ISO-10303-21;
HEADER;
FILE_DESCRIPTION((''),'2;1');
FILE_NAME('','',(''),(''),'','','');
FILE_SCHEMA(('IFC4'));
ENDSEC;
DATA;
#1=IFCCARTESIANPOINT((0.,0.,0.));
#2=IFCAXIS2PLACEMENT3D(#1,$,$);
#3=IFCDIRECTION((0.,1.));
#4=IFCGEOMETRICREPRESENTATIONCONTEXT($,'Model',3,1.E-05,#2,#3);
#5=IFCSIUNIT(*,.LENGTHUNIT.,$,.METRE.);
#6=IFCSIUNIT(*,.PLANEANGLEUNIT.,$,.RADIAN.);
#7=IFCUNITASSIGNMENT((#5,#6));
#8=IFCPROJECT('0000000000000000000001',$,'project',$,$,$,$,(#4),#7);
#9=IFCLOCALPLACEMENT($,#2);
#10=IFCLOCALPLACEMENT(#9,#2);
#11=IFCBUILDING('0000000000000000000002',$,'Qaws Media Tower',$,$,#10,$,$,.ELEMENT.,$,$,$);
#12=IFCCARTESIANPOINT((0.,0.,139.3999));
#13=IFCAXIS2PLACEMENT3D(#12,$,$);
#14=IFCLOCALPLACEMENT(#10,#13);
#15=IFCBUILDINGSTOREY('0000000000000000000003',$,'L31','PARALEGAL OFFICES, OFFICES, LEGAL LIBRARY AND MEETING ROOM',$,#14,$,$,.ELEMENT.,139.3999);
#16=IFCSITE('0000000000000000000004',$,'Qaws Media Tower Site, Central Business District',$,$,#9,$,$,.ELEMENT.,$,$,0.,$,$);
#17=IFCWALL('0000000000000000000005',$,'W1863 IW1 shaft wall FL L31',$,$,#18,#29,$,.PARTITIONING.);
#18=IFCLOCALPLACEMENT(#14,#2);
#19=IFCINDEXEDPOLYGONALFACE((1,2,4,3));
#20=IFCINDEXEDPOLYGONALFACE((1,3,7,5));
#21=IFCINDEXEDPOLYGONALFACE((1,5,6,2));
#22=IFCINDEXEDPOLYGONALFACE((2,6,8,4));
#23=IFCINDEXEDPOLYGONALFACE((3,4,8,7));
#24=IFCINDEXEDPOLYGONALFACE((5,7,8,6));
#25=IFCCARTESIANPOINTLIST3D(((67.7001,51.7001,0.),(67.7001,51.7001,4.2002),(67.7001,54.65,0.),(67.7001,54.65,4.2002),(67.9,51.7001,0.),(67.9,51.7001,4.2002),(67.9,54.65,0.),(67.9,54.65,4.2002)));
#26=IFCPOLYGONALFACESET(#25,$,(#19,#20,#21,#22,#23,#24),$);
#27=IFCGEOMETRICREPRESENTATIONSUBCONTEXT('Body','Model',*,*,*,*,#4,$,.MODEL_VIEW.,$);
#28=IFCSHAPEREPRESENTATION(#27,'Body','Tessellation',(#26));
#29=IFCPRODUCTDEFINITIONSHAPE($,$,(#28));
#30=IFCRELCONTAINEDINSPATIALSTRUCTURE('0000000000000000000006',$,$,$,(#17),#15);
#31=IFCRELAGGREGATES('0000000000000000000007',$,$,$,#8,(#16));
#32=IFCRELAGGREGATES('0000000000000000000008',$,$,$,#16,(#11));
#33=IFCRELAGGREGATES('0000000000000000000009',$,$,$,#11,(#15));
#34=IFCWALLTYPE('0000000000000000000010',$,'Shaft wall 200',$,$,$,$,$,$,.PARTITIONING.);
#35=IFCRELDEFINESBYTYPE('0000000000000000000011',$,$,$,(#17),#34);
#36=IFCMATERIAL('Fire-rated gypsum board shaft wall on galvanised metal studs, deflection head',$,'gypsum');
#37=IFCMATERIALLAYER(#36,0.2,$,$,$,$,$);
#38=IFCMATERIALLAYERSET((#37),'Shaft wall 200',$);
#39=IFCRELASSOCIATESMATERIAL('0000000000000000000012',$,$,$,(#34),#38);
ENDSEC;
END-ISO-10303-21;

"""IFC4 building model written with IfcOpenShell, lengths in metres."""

from ifc_helpers import new_model, si_unit, direction, frame, frame_2d, origin, place, context, subcontext, project, spatial, rectangle, extrude, material, layer, layer_set, type_object, element, save


model = new_model("IFC4")

# Units and contexts
model_context = context("Model", 3, precision=1e-05, world=origin(), true_north=direction((0.0, 1.0)))
body_context = subcontext(model_context, "Body", "Model", "MODEL_VIEW")
ifc_project = project(units=[si_unit("LENGTHUNIT", "METRE"), si_unit("PLANEANGLEUNIT", "RADIAN")], contexts=[model_context])

# Site, building, storey
site_placement = place(None, origin())
site = spatial("IfcSite", under=ifc_project, at=site_placement, Name="Qaws Media Tower Site, Central Business District", CompositionType="ELEMENT", RefElevation=0.0)
building_placement = place(site_placement, origin())
building = spatial("IfcBuilding", under=site, at=building_placement, Name="Qaws Media Tower", CompositionType="ELEMENT")
storey_placement = place(building_placement, frame((0.0, 0.0, 139.3999)))
storey = spatial("IfcBuildingStorey", under=building, at=storey_placement, Name="L31", Description="PARALEGAL OFFICES, OFFICES, LEGAL LIBRARY AND MEETING ROOM", CompositionType="ELEMENT", Elevation=139.3999)

# Wall
ifc_material_1 = material(Name="Fire-rated gypsum board shaft wall on galvanised metal studs, deflection head", Category="gypsum")
ifc_layer_1 = layer(ifc_material_1, 0.2)
ifc_layer_set_1 = layer_set([ifc_layer_1], Name="Shaft wall 200")
wall_type_1 = type_object("IfcWallType", Name="Shaft wall 200", PredefinedType="PARTITIONING", material=ifc_layer_set_1)
wall_1_placement = place(storey_placement, frame((67.8, 51.7, 0.0), z_axis=(0.0, 0.0, 1.0), x_axis=(0.0, 1.0, 0.0)))
element("IfcWall", 1, at=wall_1_placement, inside=storey, type_object=wall_type_1, Name="W1863 IW1 shaft wall FL L31", PredefinedType="PARTITIONING", context=body_context, shape_type="SweptSolid", body=[
    extrude(rectangle(XDim=2.95, YDim=0.2, at=frame_2d((1.4751, 0.0))), origin(), (0.0, 0.0, 1.0), 4.2002),
])

save(model, "model.ifc")
